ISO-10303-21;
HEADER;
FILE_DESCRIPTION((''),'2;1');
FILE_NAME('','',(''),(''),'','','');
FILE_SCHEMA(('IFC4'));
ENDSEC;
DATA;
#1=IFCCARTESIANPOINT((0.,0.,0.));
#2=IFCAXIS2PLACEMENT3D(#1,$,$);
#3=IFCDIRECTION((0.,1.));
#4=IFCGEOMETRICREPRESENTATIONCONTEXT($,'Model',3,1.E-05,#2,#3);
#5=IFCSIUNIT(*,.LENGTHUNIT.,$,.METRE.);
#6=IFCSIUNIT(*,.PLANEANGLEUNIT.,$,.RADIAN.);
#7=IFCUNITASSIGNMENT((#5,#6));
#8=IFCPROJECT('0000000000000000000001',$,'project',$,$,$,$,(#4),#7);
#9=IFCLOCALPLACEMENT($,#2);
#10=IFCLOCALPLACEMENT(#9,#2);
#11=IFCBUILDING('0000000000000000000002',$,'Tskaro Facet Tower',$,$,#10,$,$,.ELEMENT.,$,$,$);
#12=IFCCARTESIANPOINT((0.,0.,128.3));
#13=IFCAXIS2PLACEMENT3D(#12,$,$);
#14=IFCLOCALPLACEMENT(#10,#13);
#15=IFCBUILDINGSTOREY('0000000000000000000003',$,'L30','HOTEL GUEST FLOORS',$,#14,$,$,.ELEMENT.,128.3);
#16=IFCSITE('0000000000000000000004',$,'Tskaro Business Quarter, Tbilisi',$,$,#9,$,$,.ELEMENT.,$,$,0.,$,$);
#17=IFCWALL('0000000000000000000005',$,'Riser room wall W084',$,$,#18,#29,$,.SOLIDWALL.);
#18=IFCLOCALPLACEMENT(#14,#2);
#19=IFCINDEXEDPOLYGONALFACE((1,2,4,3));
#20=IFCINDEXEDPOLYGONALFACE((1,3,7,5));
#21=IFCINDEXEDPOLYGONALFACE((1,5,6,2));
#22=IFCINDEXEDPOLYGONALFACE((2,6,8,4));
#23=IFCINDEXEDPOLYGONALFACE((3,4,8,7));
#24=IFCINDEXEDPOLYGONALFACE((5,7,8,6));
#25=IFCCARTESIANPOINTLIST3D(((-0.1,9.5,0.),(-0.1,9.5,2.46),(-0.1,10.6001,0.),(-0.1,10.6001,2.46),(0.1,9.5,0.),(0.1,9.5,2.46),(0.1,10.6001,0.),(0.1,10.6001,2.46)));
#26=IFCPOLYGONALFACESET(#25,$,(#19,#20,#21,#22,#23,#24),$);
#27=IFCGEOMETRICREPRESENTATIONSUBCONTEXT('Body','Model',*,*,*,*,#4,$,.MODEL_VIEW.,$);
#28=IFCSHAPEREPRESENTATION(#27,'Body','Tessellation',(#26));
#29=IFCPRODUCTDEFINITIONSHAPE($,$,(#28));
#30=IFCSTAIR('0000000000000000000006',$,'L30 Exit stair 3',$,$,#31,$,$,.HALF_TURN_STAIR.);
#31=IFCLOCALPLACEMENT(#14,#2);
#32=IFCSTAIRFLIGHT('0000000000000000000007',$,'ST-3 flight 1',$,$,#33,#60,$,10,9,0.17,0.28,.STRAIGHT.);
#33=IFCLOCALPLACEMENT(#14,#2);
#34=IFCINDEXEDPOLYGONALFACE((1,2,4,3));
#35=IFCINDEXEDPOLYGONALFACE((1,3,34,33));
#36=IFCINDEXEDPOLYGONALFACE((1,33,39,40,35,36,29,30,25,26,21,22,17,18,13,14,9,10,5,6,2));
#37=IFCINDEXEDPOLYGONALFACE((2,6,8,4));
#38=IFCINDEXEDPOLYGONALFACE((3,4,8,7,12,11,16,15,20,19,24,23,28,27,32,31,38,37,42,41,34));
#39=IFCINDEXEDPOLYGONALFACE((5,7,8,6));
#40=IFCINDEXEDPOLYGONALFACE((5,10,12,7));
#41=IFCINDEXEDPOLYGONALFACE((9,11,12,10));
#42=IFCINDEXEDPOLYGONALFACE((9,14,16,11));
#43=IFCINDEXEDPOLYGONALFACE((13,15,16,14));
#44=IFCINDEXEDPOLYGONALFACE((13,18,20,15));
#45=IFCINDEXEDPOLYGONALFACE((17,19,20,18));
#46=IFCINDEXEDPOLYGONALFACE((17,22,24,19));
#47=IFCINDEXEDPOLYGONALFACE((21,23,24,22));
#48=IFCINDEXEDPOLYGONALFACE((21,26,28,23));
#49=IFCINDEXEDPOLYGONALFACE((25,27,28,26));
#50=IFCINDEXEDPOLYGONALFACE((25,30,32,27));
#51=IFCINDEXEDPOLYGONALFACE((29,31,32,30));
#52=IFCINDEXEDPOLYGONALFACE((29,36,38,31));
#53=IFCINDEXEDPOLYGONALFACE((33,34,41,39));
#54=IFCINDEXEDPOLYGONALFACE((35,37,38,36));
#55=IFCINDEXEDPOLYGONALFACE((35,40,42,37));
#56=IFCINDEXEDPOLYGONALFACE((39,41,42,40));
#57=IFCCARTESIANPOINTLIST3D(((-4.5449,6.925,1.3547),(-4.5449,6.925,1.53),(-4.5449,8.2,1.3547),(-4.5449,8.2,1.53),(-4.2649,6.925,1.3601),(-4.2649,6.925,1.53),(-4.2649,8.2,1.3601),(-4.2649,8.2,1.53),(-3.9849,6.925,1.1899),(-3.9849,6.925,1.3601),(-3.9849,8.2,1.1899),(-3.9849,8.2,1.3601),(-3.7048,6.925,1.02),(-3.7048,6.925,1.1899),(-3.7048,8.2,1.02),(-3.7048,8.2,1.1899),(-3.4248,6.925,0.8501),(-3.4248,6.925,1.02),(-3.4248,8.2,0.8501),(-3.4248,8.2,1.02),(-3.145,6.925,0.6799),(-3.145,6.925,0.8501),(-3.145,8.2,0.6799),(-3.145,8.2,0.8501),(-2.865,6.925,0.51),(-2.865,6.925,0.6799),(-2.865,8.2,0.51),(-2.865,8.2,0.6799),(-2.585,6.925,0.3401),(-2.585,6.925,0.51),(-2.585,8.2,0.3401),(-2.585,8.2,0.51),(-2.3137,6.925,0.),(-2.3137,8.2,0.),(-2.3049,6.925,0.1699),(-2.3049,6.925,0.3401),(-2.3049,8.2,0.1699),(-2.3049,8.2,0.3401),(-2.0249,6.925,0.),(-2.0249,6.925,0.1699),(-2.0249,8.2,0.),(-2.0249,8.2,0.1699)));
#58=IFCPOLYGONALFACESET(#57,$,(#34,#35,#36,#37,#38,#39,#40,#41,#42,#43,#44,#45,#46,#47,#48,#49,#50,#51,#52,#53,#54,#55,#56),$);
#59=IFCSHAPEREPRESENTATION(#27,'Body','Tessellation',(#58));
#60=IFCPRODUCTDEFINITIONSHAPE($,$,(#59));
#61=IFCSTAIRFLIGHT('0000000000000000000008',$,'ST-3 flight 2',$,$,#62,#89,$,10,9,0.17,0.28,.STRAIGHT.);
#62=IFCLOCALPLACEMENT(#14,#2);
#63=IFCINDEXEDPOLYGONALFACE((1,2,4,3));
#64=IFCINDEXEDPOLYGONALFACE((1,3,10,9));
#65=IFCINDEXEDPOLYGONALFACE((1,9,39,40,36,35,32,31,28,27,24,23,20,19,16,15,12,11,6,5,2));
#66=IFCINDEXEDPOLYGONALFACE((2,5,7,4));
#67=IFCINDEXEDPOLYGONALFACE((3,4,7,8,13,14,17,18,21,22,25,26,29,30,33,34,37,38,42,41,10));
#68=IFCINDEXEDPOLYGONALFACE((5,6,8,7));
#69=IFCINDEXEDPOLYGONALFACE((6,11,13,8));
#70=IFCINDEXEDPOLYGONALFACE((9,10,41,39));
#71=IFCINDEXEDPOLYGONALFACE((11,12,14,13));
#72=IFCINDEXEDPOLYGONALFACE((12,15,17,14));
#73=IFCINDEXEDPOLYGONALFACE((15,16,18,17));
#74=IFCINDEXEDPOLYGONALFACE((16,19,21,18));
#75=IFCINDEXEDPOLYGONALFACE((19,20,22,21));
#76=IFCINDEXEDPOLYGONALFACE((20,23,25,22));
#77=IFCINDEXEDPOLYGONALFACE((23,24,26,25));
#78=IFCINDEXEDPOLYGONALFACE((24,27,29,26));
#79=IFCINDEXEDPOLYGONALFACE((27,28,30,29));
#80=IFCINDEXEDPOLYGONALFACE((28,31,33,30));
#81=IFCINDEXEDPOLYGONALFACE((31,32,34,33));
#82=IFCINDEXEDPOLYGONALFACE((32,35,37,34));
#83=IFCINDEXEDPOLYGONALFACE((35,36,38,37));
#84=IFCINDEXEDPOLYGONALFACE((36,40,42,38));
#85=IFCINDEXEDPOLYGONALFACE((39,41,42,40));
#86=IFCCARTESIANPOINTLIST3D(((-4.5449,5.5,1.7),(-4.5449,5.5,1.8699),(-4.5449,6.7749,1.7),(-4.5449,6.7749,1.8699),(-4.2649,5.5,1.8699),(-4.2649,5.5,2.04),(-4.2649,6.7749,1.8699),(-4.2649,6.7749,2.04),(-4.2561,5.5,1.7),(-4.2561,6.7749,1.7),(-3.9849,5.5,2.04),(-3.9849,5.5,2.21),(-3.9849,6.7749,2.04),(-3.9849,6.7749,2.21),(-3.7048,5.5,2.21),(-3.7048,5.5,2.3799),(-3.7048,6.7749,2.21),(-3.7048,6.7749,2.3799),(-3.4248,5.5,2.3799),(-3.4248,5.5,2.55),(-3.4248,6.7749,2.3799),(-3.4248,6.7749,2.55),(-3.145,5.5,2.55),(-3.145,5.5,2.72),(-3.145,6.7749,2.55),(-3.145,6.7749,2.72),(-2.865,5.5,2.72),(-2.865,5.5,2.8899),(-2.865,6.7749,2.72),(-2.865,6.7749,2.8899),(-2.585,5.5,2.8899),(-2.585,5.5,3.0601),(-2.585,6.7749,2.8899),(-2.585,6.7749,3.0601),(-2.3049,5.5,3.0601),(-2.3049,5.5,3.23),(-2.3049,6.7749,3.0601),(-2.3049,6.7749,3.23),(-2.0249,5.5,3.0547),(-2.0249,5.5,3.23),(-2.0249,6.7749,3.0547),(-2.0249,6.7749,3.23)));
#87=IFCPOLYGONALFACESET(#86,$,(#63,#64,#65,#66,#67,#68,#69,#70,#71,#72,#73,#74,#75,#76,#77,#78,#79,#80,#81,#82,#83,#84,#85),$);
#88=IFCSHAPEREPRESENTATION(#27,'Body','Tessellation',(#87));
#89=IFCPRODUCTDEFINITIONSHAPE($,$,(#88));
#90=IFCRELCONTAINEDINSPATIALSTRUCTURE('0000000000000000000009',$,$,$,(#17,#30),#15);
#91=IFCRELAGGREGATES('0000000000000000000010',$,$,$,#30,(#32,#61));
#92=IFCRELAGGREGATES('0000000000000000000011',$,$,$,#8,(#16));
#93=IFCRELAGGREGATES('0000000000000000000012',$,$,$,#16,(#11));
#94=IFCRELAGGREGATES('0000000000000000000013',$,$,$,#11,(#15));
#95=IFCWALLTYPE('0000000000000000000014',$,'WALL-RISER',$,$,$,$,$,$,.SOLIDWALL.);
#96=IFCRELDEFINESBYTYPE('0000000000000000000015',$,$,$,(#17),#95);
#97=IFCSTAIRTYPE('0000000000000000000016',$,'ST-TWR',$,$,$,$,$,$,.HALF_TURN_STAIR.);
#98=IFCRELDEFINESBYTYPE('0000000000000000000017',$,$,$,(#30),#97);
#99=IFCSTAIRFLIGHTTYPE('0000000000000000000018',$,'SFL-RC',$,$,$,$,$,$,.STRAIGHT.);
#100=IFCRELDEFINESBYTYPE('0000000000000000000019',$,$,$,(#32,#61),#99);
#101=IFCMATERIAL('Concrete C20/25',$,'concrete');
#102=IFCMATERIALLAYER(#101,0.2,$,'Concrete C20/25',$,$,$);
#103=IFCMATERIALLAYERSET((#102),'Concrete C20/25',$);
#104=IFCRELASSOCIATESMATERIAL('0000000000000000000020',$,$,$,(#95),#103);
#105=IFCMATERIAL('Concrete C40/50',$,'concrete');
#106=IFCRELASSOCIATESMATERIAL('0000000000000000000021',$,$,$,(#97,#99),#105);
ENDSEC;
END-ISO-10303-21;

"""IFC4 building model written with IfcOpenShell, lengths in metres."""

from ifc_helpers import new_model, si_unit, direction, frame, frame_2d, origin, place, context, subcontext, project, spatial, polyline, rectangle, outline, extrude, material, layer, layer_set, type_object, element, aggregate, save


model = new_model("IFC4")

# Units and contexts
model_context = context("Model", 3, precision=1e-05, world=origin(), true_north=direction((0.0, 1.0)))
body_context = subcontext(model_context, "Body", "Model", "MODEL_VIEW")
ifc_project = project(units=[si_unit("LENGTHUNIT", "METRE"), si_unit("PLANEANGLEUNIT", "RADIAN")], contexts=[model_context])

# Site, building, storey
site_placement = place(None, origin())
site = spatial("IfcSite", under=ifc_project, at=site_placement, Name="Tskaro Business Quarter, Tbilisi", CompositionType="ELEMENT", RefElevation=0.0)
building_placement = place(site_placement, origin())
building = spatial("IfcBuilding", under=site, at=building_placement, Name="Tskaro Facet Tower", CompositionType="ELEMENT")
storey_placement = place(building_placement, frame((0.0, 0.0, 128.3)))
storey = spatial("IfcBuildingStorey", under=building, at=storey_placement, Name="L30", Description="HOTEL GUEST FLOORS", CompositionType="ELEMENT", Elevation=128.3)

# Wall
ifc_material_1 = material(Name="Concrete C20/25", Category="concrete")
ifc_layer_1 = layer(ifc_material_1, 0.2, Name="Concrete C20/25")
ifc_layer_set_1 = layer_set([ifc_layer_1], Name="Concrete C20/25")
wall_type_1 = type_object("IfcWallType", Name="WALL-RISER", PredefinedType="SOLIDWALL", material=ifc_layer_set_1)
wall_1_placement = place(storey_placement, frame((0.0, 9.5, 0.0), z_axis=(0.0, 0.0, 1.0), x_axis=(0.0, 1.0, 0.0)))
element("IfcWall", 1, at=wall_1_placement, inside=storey, type_object=wall_type_1, Name="Riser room wall W084", PredefinedType="SOLIDWALL", context=body_context, shape_type="SweptSolid", body=[
    extrude(rectangle(XDim=1.1001, YDim=0.2, at=frame_2d((0.55, 0.0))), origin(), (0.0, 0.0, 1.0), 2.46),
])

# Stair, stair flights
ifc_material_2 = material(Name="Concrete C40/50", Category="concrete")
stair_type = type_object("IfcStairType", Name="ST-TWR", PredefinedType="HALF_TURN_STAIR", material=ifc_material_2)
stair_placement = place(storey_placement, origin())
stair = element("IfcStair", 2, at=stair_placement, inside=storey, type_object=stair_type, Name="L30 Exit stair 3", PredefinedType="HALF_TURN_STAIR")
stair_flight_type = type_object("IfcStairFlightType", Name="SFL-RC", PredefinedType="STRAIGHT", material=ifc_material_2)
stair_flight_1_placement = place(storey_placement, frame((-2.0249, 7.5625, 0.0), z_axis=(0.0, 0.0, 1.0), x_axis=(-1.0, 0.0, 0.0)))
stair_flight_1 = element("IfcStairFlight", 3, at=stair_flight_1_placement, type_object=stair_flight_type, Name="ST-3 flight 1", NumberOfRisers=10, NumberOfTreads=9, PredefinedType="STRAIGHT", RiserHeight=0.17, TreadLength=0.28, context=body_context, shape_type="SweptSolid", body=[
    extrude(outline(polyline([(0.0, 0.0), (0.0, 0.1699), (0.28, 0.1699), (0.28, 0.3401), (0.5601, 0.3401), (0.5601, 0.51), (0.8401, 0.51), (0.8401, 0.6799), (1.1201, 0.6799), (1.1201, 0.8501), (1.3999, 0.8501), (1.3999, 1.02), (1.6799, 1.02), (1.6799, 1.1899), (1.96, 1.1899), (1.96, 1.3601), (2.24, 1.3601), (2.24, 1.53), (2.52, 1.53), (2.52, 1.7), (2.52, 1.3547), (0.2888, 0.0), (0.0, 0.0)])), frame((0.0, 0.6375, 0.0), z_axis=(0.0, -1.0, 0.0), x_axis=(1.0, 0.0, 0.0)), (0.0, 0.0, 1.0), 1.2749),
])
stair_flight_2_placement = place(storey_placement, frame((-4.5449, 6.1375, 1.7), z_axis=(0.0, 0.0, 1.0), x_axis=(1.0, 0.0, 0.0)))
stair_flight_2 = element("IfcStairFlight", 4, at=stair_flight_2_placement, type_object=stair_flight_type, Name="ST-3 flight 2", NumberOfRisers=10, NumberOfTreads=9, PredefinedType="STRAIGHT", RiserHeight=0.17, TreadLength=0.28, context=body_context, shape_type="SweptSolid", body=[
    extrude(outline(polyline([(0.0, 0.0), (0.0, 0.1699), (0.28, 0.1699), (0.28, 0.3401), (0.5601, 0.3401), (0.5601, 0.51), (0.8401, 0.51), (0.8401, 0.6799), (1.1201, 0.6799), (1.1201, 0.8501), (1.3999, 0.8501), (1.3999, 1.02), (1.6799, 1.02), (1.6799, 1.1899), (1.96, 1.1899), (1.96, 1.3601), (2.24, 1.3601), (2.24, 1.53), (2.52, 1.53), (2.52, 1.7), (2.52, 1.3547), (0.2888, 0.0), (0.0, 0.0)])), frame((0.0, 0.6375, 0.0), z_axis=(0.0, -1.0, 0.0), x_axis=(1.0, 0.0, 0.0)), (0.0, 0.0, 1.0), 1.2749),
])
aggregate(stair, [stair_flight_1, stair_flight_2])

save(model, "model.ifc")
